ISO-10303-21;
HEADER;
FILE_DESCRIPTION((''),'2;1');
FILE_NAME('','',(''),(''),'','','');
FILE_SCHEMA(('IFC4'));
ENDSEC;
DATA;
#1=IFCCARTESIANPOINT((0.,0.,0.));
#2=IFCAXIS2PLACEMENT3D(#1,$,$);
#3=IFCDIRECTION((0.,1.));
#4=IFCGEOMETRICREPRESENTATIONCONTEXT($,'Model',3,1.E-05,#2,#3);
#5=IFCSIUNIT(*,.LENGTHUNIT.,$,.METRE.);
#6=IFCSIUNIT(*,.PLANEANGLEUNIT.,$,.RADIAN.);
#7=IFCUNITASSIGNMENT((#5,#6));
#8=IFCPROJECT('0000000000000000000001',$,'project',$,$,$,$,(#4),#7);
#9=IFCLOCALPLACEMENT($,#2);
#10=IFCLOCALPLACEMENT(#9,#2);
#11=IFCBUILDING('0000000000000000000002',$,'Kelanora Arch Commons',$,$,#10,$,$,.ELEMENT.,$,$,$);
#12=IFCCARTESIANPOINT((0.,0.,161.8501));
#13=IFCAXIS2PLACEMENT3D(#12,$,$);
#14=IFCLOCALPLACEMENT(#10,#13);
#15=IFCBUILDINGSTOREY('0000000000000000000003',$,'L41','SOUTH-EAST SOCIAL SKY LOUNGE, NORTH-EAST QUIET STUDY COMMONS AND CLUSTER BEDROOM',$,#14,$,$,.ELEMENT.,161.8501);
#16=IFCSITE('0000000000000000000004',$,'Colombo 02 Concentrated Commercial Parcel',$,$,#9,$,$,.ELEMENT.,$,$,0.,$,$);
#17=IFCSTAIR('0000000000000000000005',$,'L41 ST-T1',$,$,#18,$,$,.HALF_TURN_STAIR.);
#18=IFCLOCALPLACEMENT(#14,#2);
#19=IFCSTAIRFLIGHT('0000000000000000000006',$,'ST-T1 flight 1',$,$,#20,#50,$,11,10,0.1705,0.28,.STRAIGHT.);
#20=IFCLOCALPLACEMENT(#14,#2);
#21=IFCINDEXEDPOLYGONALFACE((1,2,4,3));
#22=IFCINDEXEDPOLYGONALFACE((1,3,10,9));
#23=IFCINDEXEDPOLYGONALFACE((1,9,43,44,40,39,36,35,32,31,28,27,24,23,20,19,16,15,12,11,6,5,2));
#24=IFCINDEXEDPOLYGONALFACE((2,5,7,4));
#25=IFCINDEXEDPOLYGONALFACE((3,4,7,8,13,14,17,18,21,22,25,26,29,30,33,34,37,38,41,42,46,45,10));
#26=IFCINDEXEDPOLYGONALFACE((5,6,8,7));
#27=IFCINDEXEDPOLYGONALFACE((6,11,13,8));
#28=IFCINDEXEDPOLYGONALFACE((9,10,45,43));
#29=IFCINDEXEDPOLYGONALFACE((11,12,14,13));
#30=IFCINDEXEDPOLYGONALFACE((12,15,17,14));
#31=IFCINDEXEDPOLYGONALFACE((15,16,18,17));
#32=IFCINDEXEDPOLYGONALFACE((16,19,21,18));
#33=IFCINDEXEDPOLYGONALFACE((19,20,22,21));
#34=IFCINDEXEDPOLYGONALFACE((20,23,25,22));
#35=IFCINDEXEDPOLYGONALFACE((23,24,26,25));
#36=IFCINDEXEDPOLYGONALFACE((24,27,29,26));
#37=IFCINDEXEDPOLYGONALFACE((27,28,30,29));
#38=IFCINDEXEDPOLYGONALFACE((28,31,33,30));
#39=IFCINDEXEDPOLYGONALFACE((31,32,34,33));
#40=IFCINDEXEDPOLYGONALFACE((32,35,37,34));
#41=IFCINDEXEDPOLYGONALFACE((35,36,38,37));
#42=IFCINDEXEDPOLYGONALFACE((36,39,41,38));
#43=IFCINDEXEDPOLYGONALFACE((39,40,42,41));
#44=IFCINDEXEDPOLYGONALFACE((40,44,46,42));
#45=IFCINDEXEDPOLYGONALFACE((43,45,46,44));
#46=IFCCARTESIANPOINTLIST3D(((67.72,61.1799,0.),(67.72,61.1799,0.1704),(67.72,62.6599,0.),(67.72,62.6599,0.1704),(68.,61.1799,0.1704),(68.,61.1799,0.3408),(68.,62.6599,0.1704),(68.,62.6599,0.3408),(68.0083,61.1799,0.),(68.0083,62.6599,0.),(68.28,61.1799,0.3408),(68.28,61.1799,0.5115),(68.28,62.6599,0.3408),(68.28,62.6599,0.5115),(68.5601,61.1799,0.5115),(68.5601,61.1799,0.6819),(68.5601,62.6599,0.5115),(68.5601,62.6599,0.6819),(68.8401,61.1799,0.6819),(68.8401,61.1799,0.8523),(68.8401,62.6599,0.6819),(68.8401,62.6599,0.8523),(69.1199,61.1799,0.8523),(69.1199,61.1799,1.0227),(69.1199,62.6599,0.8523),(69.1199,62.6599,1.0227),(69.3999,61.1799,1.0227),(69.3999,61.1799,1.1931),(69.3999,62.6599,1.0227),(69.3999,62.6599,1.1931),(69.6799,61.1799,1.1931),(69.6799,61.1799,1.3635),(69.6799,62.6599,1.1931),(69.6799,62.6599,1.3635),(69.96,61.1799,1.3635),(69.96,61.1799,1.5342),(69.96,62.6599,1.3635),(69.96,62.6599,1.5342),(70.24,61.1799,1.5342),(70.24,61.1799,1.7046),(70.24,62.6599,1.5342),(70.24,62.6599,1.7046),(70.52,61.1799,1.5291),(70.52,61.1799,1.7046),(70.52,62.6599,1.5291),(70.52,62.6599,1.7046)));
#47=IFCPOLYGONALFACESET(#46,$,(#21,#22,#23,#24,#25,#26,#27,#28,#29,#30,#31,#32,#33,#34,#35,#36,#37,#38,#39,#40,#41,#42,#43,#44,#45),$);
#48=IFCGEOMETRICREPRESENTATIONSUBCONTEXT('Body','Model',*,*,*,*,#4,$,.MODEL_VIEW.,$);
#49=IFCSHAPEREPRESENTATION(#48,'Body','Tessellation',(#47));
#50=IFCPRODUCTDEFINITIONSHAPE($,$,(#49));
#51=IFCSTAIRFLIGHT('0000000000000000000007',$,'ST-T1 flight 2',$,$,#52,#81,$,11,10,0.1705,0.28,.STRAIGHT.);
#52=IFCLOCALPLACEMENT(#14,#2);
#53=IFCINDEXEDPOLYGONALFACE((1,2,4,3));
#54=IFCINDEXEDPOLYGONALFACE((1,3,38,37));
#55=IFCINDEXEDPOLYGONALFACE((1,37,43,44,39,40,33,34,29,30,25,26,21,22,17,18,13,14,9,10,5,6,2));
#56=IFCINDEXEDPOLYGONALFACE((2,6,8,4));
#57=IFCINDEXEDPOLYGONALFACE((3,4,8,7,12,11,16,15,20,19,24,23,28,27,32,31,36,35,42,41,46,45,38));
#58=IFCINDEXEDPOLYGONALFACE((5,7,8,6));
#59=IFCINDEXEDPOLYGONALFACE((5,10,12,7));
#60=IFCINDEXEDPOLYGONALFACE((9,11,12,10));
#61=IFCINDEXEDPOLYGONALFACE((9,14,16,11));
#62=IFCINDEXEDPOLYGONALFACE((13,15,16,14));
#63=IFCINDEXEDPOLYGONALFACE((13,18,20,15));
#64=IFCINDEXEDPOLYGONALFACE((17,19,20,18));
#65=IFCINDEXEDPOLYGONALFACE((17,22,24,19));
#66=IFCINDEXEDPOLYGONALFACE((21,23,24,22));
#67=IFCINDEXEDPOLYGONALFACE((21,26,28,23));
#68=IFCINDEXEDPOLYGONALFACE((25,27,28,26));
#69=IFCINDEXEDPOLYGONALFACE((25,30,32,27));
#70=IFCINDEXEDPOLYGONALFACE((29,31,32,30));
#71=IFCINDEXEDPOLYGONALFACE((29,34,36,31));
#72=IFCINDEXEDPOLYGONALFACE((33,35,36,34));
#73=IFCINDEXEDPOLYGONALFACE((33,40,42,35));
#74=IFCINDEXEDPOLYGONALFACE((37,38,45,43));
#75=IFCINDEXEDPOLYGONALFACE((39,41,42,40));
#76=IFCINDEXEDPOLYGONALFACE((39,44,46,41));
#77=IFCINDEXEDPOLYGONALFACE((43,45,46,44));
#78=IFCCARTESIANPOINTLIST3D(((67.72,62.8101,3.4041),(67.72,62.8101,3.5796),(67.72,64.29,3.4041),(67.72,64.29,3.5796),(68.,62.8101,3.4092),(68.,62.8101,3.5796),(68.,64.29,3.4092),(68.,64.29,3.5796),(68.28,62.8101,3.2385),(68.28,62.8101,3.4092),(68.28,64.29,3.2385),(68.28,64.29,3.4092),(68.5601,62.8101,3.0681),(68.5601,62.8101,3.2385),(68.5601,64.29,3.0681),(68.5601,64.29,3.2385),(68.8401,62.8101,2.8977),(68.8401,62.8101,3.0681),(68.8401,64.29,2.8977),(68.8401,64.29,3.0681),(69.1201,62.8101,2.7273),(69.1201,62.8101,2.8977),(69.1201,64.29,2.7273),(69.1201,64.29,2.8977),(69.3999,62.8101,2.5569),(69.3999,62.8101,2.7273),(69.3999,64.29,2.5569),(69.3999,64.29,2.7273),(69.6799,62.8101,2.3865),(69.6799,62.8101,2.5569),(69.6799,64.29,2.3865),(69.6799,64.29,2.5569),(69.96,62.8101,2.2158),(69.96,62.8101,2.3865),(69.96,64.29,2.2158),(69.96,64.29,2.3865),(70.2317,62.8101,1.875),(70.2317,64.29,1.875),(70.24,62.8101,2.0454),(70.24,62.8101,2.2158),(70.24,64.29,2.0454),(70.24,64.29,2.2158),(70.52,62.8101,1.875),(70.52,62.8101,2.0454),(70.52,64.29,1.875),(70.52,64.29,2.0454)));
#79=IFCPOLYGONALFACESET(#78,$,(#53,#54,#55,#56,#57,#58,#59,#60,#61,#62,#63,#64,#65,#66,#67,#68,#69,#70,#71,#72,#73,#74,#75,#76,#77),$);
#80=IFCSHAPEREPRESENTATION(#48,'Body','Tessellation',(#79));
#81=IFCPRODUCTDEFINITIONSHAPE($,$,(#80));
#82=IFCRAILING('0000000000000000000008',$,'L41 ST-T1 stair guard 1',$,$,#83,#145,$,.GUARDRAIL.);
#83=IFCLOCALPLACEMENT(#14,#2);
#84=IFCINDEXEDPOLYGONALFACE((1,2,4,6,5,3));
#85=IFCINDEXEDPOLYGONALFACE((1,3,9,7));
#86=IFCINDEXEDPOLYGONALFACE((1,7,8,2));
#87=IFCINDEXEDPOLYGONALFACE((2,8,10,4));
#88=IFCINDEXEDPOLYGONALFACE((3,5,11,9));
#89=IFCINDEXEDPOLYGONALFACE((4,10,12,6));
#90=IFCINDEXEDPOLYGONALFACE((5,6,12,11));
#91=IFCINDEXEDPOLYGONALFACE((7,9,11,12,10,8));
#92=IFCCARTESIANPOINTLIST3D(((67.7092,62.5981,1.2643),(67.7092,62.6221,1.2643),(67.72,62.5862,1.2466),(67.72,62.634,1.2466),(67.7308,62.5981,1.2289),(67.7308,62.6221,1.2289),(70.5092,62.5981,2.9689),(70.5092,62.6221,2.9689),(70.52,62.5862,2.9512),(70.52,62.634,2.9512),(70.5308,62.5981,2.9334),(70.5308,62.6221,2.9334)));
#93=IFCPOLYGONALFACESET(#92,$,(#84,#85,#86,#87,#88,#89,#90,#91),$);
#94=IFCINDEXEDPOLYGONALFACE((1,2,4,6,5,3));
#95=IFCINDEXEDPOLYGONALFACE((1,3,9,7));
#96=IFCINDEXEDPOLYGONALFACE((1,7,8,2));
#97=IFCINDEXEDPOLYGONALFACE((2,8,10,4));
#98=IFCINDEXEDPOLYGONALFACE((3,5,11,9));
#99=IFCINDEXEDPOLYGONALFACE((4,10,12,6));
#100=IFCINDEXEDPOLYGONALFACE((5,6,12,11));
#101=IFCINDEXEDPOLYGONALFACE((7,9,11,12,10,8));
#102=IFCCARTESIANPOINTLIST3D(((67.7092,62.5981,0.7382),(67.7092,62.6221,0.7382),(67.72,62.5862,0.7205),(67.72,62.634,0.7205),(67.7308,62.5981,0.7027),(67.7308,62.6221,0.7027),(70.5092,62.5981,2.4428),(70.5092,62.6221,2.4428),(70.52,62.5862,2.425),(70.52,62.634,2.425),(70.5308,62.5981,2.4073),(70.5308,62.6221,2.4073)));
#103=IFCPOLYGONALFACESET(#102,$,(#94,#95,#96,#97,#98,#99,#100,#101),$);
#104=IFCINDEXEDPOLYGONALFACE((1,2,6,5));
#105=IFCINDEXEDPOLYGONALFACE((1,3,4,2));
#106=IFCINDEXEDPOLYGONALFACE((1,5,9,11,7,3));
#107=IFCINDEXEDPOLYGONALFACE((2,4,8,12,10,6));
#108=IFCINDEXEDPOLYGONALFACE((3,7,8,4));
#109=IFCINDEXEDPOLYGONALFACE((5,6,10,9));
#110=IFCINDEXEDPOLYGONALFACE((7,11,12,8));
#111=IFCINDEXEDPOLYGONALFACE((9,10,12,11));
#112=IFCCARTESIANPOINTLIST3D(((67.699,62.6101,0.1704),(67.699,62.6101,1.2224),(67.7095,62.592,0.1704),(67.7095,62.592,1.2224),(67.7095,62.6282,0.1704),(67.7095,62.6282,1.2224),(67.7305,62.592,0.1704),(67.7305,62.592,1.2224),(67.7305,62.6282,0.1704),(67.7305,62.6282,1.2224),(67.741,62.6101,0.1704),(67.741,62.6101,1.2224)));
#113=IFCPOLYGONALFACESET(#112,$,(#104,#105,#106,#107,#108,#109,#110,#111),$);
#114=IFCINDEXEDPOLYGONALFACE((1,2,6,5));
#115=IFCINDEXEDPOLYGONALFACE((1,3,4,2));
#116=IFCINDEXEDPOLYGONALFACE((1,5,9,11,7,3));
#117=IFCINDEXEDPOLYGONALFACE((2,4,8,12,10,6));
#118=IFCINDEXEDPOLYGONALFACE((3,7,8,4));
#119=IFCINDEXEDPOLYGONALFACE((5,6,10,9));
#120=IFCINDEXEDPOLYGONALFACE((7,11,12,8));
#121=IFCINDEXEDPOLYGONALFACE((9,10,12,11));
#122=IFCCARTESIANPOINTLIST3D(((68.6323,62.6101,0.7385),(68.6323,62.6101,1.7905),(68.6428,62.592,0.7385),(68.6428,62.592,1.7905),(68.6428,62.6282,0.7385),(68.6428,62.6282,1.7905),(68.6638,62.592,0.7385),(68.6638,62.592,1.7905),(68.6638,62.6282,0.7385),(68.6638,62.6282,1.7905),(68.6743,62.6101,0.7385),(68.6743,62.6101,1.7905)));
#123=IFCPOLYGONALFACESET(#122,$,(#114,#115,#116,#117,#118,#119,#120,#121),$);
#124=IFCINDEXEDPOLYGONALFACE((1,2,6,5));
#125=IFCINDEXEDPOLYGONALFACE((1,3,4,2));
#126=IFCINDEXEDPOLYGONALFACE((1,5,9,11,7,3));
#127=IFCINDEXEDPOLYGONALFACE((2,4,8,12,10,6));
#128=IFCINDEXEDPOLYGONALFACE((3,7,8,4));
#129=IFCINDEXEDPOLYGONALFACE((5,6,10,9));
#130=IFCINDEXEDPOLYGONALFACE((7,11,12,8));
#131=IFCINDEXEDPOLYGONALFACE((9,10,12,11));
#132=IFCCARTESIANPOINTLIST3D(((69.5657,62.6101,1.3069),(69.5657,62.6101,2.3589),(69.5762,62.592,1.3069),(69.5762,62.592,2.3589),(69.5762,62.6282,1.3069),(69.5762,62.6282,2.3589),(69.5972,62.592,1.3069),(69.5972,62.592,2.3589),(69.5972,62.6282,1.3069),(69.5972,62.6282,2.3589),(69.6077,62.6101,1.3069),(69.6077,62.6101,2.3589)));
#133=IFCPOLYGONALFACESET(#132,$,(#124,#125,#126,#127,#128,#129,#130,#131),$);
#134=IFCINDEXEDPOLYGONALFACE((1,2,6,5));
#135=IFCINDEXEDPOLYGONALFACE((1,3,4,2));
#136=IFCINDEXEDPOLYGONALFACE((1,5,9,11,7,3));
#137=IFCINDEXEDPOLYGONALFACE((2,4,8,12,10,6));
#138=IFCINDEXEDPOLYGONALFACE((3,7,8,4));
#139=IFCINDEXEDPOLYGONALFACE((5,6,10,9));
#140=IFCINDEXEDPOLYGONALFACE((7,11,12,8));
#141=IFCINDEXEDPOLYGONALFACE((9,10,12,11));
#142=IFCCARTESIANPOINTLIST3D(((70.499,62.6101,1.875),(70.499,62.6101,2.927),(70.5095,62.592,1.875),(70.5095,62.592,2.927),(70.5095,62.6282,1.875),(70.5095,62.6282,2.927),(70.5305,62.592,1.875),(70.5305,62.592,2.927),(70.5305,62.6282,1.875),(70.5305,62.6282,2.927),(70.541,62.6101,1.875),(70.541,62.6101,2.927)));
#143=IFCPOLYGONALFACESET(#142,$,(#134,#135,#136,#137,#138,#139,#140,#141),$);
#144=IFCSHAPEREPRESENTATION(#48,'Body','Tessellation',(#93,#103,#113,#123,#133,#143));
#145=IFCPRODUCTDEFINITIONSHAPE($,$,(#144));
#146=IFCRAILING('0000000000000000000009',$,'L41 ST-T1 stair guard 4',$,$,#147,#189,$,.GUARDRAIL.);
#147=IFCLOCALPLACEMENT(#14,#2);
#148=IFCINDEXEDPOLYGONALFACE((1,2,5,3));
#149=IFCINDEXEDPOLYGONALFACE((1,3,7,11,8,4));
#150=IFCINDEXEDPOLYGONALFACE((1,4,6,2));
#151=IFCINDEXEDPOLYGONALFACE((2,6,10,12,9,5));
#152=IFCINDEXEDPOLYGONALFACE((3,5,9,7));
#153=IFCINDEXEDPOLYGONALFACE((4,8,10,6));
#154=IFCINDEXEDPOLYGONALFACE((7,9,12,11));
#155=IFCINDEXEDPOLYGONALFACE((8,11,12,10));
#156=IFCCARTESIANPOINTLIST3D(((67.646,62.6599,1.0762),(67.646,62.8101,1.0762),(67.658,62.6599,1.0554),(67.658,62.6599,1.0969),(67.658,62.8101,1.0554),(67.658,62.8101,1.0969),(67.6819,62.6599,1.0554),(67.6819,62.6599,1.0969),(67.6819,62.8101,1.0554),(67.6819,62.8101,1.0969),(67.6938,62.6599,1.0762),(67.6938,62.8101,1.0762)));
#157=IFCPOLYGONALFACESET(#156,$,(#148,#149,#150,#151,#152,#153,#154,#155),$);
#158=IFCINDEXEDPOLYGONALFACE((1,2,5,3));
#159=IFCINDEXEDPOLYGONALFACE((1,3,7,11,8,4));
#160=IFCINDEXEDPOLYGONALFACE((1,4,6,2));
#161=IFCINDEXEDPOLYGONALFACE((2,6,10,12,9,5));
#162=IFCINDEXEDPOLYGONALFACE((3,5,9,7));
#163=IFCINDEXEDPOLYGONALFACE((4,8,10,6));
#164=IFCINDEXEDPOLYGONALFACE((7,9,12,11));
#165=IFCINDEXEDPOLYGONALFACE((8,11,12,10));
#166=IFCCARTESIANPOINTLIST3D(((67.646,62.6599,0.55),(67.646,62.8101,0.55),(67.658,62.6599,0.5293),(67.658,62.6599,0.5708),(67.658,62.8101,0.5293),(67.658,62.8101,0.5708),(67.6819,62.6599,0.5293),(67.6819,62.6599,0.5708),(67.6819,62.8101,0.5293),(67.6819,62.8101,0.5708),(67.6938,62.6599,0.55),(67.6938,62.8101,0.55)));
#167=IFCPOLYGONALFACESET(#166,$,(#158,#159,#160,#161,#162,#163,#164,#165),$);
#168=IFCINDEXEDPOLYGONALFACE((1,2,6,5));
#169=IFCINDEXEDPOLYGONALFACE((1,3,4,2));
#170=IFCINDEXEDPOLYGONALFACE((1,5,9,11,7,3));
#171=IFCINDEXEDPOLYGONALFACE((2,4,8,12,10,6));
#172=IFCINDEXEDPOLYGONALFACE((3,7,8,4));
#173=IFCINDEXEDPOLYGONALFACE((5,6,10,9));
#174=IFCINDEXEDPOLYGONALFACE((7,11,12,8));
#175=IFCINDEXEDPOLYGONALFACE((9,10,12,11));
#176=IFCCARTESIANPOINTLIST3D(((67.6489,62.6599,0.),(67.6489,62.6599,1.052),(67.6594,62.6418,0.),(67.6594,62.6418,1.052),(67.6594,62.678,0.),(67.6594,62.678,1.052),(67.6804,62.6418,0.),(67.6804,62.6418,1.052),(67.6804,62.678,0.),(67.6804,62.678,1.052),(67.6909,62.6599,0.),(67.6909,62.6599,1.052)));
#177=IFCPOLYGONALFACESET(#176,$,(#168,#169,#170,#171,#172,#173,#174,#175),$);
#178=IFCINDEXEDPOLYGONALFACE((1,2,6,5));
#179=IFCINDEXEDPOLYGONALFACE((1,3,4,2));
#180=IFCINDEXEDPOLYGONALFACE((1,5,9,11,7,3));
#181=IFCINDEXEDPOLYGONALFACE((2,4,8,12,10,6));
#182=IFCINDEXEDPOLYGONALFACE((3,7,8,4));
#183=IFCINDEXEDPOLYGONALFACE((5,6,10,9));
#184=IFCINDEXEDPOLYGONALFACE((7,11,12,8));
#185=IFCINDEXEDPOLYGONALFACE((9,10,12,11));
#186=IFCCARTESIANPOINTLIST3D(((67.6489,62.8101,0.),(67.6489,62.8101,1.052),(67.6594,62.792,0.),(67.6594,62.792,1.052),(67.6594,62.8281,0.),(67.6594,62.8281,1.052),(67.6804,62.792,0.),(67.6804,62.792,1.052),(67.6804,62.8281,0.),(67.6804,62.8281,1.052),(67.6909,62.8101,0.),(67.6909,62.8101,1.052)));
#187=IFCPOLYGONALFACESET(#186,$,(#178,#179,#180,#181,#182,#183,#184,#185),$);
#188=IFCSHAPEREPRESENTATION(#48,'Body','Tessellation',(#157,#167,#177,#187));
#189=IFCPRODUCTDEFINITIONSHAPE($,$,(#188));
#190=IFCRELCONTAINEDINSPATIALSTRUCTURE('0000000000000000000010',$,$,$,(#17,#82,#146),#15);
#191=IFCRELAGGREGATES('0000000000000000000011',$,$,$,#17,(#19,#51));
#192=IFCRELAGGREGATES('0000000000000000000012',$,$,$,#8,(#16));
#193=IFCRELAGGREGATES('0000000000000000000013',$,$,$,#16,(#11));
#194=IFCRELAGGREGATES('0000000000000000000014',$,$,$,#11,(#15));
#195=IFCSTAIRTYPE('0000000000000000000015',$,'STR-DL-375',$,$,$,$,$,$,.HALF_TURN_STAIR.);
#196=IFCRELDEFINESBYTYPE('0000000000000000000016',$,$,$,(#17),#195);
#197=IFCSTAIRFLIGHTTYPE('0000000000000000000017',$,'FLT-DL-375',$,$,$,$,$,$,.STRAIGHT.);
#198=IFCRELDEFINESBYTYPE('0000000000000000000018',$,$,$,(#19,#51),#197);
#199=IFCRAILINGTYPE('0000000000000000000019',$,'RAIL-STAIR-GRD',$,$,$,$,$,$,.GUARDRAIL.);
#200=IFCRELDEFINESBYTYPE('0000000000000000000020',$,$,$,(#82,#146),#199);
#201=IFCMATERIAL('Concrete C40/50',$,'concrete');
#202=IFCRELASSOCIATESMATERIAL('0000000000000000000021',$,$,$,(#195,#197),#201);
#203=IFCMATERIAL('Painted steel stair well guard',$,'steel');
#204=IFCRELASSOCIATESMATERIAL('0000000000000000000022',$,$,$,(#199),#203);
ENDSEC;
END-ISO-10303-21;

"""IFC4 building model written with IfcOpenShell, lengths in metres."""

from ifc_helpers import new_model, si_unit, direction, frame, origin, place, context, subcontext, project, spatial, polyline, outline, extrude, material, type_object, element, aggregate, save


model = new_model("IFC4")

# Units and contexts
model_context = context("Model", 3, precision=1e-05, world=origin(), true_north=direction((0.0, 1.0)))
body_context = subcontext(model_context, "Body", "Model", "MODEL_VIEW")
ifc_project = project(units=[si_unit("LENGTHUNIT", "METRE"), si_unit("PLANEANGLEUNIT", "RADIAN")], contexts=[model_context])

# Site, building, storey
site_placement = place(None, origin())
site = spatial("IfcSite", under=ifc_project, at=site_placement, Name="Colombo 02 Concentrated Commercial Parcel", CompositionType="ELEMENT", RefElevation=0.0)
building_placement = place(site_placement, origin())
building = spatial("IfcBuilding", under=site, at=building_placement, Name="Kelanora Arch Commons", CompositionType="ELEMENT")
storey_placement = place(building_placement, frame((0.0, 0.0, 161.8501)))
storey = spatial("IfcBuildingStorey", under=building, at=storey_placement, Name="L41", Description="SOUTH-EAST SOCIAL SKY LOUNGE, NORTH-EAST QUIET STUDY COMMONS AND CLUSTER BEDROOM", CompositionType="ELEMENT", Elevation=161.8501)

# Shared definitions
ifc_material_1 = material(Name="Concrete C40/50", Category="concrete")

# Stair, stair flights
stair_type = type_object("IfcStairType", Name="STR-DL-375", PredefinedType="HALF_TURN_STAIR", material=ifc_material_1)
stair_placement = place(storey_placement, origin())
stair = element("IfcStair", 1, at=stair_placement, inside=storey, type_object=stair_type, Name="L41 ST-T1", PredefinedType="HALF_TURN_STAIR")
stair_flight_type = type_object("IfcStairFlightType", Name="FLT-DL-375", PredefinedType="STRAIGHT", material=ifc_material_1)
stair_flight_1_placement = place(storey_placement, frame((67.72, 61.9199, 0.0), z_axis=(0.0, 0.0, 1.0), x_axis=(1.0, 0.0, 0.0)))
stair_flight_1 = element("IfcStairFlight", 2, at=stair_flight_1_placement, type_object=stair_flight_type, Name="ST-T1 flight 1", NumberOfRisers=11, NumberOfTreads=10, PredefinedType="STRAIGHT", RiserHeight=0.1705, TreadLength=0.28, context=body_context, shape_type="SweptSolid", body=[
    extrude(outline(polyline([(0.0, 0.0), (0.0, 0.1704), (0.28, 0.1704), (0.28, 0.3408), (0.5601, 0.3408), (0.5601, 0.5115), (0.8401, 0.5115), (0.8401, 0.6819), (1.1201, 0.6819), (1.1201, 0.8523), (1.3999, 0.8523), (1.3999, 1.0227), (1.6799, 1.0227), (1.6799, 1.1931), (1.96, 1.1931), (1.96, 1.3635), (2.24, 1.3635), (2.24, 1.5342), (2.52, 1.5342), (2.52, 1.7046), (2.8, 1.7046), (2.8, 1.875), (2.8, 1.5291), (0.2883, 0.0), (0.0, 0.0)])), frame((0.0, 0.74, 0.0), z_axis=(0.0, -1.0, 0.0), x_axis=(1.0, 0.0, 0.0)), (0.0, 0.0, 1.0), 1.48),
])
stair_flight_2_placement = place(storey_placement, frame((70.52, 63.55, 1.875), z_axis=(0.0, 0.0, 1.0), x_axis=(-1.0, 0.0, 0.0)))
stair_flight_2 = element("IfcStairFlight", 3, at=stair_flight_2_placement, type_object=stair_flight_type, Name="ST-T1 flight 2", NumberOfRisers=11, NumberOfTreads=10, PredefinedType="STRAIGHT", RiserHeight=0.1705, TreadLength=0.28, context=body_context, shape_type="SweptSolid", body=[
    extrude(outline(polyline([(0.0, 0.0), (0.0, 0.1704), (0.28, 0.1704), (0.28, 0.3408), (0.5601, 0.3408), (0.5601, 0.5115), (0.8401, 0.5115), (0.8401, 0.6819), (1.1201, 0.6819), (1.1201, 0.8523), (1.3999, 0.8523), (1.3999, 1.0227), (1.6799, 1.0227), (1.6799, 1.1931), (1.96, 1.1931), (1.96, 1.3635), (2.24, 1.3635), (2.24, 1.5342), (2.52, 1.5342), (2.52, 1.7046), (2.8, 1.7046), (2.8, 1.875), (2.8, 1.5291), (0.2883, 0.0), (0.0, 0.0)])), frame((0.0, 0.74, 0.0), z_axis=(0.0, -1.0, 0.0), x_axis=(1.0, 0.0, 0.0)), (0.0, 0.0, 1.0), 1.48),
])
aggregate(stair, [stair_flight_1, stair_flight_2])

# Railings
ifc_material_2 = material(Name="Painted steel stair well guard", Category="steel")
railing_type_1 = type_object("IfcRailingType", Name="RAIL-STAIR-GRD", PredefinedType="GUARDRAIL", material=ifc_material_2)
railing_1_placement = place(storey_placement, frame((67.72, 62.6101, 0.1704)))
element("IfcRailing", 4, at=railing_1_placement, inside=storey, type_object=railing_type_1, Name="L41 ST-T1 stair guard 1", PredefinedType="GUARDRAIL", context=body_context, shape_type="SweptSolid", body=[
    extrude(outline(polyline([(0.0239, 0.0), (0.012, 0.0208), (-0.012, 0.0208), (-0.0239, 0.0), (-0.012, -0.0208), (0.012, -0.0208), (0.0239, 0.0)])), frame((0.0, 0.0, 1.0762), z_axis=(0.85417, 0.0, 0.519994), x_axis=(0.0, 1.0, 0.0)), (0.0, 0.0, 1.0), 3.2781),
    extrude(outline(polyline([(0.0239, 0.0), (0.012, 0.0208), (-0.012, 0.0208), (-0.0239, 0.0), (-0.012, -0.0208), (0.012, -0.0208), (0.0239, 0.0)])), frame((0.0, 0.0, 0.55), z_axis=(0.85417, 0.0, 0.519994), x_axis=(0.0, 1.0, 0.0)), (0.0, 0.0, 1.0), 3.2781),
    extrude(outline(polyline([(0.021, 0.0), (0.0105, 0.0181), (-0.0105, 0.0181), (-0.021, 0.0), (-0.0105, -0.0181), (0.0105, -0.0181), (0.021, 0.0)])), origin(), (0.0, 0.0, 1.0), 1.052),
    extrude(outline(polyline([(0.021, 0.0), (0.0105, 0.0181), (-0.0105, 0.0181), (-0.021, 0.0), (-0.0105, -0.0181), (0.0105, -0.0181), (0.021, 0.0)])), frame((0.9333, 0.0, 0.5681)), (0.0, 0.0, 1.0), 1.052),
    extrude(outline(polyline([(0.021, 0.0), (0.0105, 0.0181), (-0.0105, 0.0181), (-0.021, 0.0), (-0.0105, -0.0181), (0.0105, -0.0181), (0.021, 0.0)])), frame((1.8667, 0.0, 1.1365)), (0.0, 0.0, 1.0), 1.052),
    extrude(outline(polyline([(0.021, 0.0), (0.0105, 0.0181), (-0.0105, 0.0181), (-0.021, 0.0), (-0.0105, -0.0181), (0.0105, -0.0181), (0.021, 0.0)])), frame((2.8, 0.0, 1.7046)), (0.0, 0.0, 1.0), 1.052),
])
railing_2_placement = place(storey_placement, frame((67.6699, 62.6599, 0.0)))
element("IfcRailing", 5, at=railing_2_placement, inside=storey, type_object=railing_type_1, Name="L41 ST-T1 stair guard 4", PredefinedType="GUARDRAIL", context=body_context, shape_type="SweptSolid", body=[
    extrude(outline(polyline([(0.0239, 0.0), (0.012, 0.0208), (-0.012, 0.0208), (-0.0239, 0.0), (-0.012, -0.0208), (0.012, -0.0208), (0.0239, 0.0)])), frame((0.0, 0.0, 1.0762), z_axis=(0.0, 1.0, 0.0), x_axis=(-1.0, 0.0, 0.0)), (0.0, 0.0, 1.0), 0.1501),
    extrude(outline(polyline([(0.0239, 0.0), (0.012, 0.0208), (-0.012, 0.0208), (-0.0239, 0.0), (-0.012, -0.0208), (0.012, -0.0208), (0.0239, 0.0)])), frame((0.0, 0.0, 0.55), z_axis=(0.0, 1.0, 0.0), x_axis=(-1.0, 0.0, 0.0)), (0.0, 0.0, 1.0), 0.1501),
    extrude(outline(polyline([(0.021, 0.0), (0.0105, 0.0181), (-0.0105, 0.0181), (-0.021, 0.0), (-0.0105, -0.0181), (0.0105, -0.0181), (0.021, 0.0)])), origin(), (0.0, 0.0, 1.0), 1.052),
    extrude(outline(polyline([(0.021, 0.0), (0.0105, 0.0181), (-0.0105, 0.0181), (-0.021, 0.0), (-0.0105, -0.0181), (0.0105, -0.0181), (0.021, 0.0)])), frame((0.0, 0.1501, 0.0)), (0.0, 0.0, 1.0), 1.052),
])

save(model, "model.ifc")
